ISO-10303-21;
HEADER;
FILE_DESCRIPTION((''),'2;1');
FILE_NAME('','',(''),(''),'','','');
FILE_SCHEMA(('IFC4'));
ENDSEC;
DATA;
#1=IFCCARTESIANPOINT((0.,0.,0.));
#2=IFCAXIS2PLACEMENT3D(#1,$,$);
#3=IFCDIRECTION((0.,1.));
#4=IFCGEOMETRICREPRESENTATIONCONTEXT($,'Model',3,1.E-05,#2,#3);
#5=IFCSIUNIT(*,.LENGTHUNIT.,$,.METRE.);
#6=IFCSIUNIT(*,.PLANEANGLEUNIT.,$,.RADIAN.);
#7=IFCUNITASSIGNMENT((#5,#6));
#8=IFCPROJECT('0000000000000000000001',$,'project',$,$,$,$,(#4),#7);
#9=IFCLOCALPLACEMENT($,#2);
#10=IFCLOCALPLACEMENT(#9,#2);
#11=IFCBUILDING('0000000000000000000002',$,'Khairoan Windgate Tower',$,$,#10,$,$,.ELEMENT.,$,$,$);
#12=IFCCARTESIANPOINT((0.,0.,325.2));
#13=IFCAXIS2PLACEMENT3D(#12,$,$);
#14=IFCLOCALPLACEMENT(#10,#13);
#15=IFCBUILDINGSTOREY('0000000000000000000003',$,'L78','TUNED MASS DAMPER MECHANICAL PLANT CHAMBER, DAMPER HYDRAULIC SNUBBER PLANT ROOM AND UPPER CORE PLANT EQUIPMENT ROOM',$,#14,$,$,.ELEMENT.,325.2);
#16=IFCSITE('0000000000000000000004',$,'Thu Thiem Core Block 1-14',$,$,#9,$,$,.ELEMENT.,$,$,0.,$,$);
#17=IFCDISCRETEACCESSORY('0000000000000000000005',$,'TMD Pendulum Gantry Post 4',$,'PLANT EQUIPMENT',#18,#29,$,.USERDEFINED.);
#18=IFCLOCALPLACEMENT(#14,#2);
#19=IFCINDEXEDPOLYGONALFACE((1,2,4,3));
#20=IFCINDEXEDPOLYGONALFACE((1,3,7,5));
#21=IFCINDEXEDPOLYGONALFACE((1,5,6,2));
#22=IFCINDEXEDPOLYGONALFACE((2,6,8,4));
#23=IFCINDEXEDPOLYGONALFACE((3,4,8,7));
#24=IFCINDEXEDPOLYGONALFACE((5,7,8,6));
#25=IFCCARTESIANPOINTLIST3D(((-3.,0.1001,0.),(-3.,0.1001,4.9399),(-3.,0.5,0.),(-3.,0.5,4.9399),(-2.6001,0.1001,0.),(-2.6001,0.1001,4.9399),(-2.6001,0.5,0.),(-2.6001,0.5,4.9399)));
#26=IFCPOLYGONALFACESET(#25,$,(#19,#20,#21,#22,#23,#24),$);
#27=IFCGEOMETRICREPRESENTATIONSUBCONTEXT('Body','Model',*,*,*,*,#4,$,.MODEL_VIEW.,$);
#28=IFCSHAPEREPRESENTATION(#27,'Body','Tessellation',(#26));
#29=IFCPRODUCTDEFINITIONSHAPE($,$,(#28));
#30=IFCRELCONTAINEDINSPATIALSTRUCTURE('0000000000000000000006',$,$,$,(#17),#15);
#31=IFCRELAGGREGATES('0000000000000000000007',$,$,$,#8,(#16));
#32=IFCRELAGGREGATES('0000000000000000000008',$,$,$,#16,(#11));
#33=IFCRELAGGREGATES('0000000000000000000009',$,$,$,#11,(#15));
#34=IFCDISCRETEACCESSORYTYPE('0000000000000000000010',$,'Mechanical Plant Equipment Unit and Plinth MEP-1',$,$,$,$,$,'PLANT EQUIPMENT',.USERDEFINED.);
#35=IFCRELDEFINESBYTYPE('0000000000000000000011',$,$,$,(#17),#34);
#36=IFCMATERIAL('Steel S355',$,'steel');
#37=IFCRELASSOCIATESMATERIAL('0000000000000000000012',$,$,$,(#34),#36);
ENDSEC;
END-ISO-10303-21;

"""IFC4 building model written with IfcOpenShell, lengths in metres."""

from ifc_helpers import new_model, si_unit, direction, frame, origin, origin_2d, place, context, subcontext, project, spatial, rectangle, extrude, material, type_object, element, save


model = new_model("IFC4")

# Units and contexts
model_context = context("Model", 3, precision=1e-05, world=origin(), true_north=direction((0.0, 1.0)))
body_context = subcontext(model_context, "Body", "Model", "MODEL_VIEW")
ifc_project = project(units=[si_unit("LENGTHUNIT", "METRE"), si_unit("PLANEANGLEUNIT", "RADIAN")], contexts=[model_context])

# Site, building, storey
site_placement = place(None, origin())
site = spatial("IfcSite", under=ifc_project, at=site_placement, Name="Thu Thiem Core Block 1-14", CompositionType="ELEMENT", RefElevation=0.0)
building_placement = place(site_placement, origin())
building = spatial("IfcBuilding", under=site, at=building_placement, Name="Khairoan Windgate Tower", CompositionType="ELEMENT")
storey_placement = place(building_placement, frame((0.0, 0.0, 325.2)))
storey = spatial("IfcBuildingStorey", under=building, at=storey_placement, Name="L78", Description="TUNED MASS DAMPER MECHANICAL PLANT CHAMBER, DAMPER HYDRAULIC SNUBBER PLANT ROOM AND UPPER CORE PLANT EQUIPMENT ROOM", CompositionType="ELEMENT", Elevation=325.2)

# Discrete accessory
ifc_material_1 = material(Name="Steel S355", Category="steel")
discrete_accessory_type = type_object("IfcDiscreteAccessoryType", Name="Mechanical Plant Equipment Unit and Plinth MEP-1", ElementType="PLANT EQUIPMENT", PredefinedType="USERDEFINED", material=ifc_material_1)
for number, where, z_axis, x_axis, name in (
    (1, (-2.8, 0.3, 0.0), (0.0, 0.0, 1.0), (1.0, 0.0, 0.0), "TMD Pendulum Gantry Post 4"),
):
    element("IfcDiscreteAccessory", number, at=place(storey_placement, frame(where, z_axis=z_axis, x_axis=x_axis)), inside=storey, type_object=discrete_accessory_type, Name=name, ObjectType="PLANT EQUIPMENT", PredefinedType="USERDEFINED", context=body_context, shape_type="SweptSolid", body=[
        extrude(rectangle(XDim=0.3999, YDim=0.3999, at=origin_2d()), origin(), (0.0, 0.0, 1.0), 4.9399),
    ])

save(model, "model.ifc")
